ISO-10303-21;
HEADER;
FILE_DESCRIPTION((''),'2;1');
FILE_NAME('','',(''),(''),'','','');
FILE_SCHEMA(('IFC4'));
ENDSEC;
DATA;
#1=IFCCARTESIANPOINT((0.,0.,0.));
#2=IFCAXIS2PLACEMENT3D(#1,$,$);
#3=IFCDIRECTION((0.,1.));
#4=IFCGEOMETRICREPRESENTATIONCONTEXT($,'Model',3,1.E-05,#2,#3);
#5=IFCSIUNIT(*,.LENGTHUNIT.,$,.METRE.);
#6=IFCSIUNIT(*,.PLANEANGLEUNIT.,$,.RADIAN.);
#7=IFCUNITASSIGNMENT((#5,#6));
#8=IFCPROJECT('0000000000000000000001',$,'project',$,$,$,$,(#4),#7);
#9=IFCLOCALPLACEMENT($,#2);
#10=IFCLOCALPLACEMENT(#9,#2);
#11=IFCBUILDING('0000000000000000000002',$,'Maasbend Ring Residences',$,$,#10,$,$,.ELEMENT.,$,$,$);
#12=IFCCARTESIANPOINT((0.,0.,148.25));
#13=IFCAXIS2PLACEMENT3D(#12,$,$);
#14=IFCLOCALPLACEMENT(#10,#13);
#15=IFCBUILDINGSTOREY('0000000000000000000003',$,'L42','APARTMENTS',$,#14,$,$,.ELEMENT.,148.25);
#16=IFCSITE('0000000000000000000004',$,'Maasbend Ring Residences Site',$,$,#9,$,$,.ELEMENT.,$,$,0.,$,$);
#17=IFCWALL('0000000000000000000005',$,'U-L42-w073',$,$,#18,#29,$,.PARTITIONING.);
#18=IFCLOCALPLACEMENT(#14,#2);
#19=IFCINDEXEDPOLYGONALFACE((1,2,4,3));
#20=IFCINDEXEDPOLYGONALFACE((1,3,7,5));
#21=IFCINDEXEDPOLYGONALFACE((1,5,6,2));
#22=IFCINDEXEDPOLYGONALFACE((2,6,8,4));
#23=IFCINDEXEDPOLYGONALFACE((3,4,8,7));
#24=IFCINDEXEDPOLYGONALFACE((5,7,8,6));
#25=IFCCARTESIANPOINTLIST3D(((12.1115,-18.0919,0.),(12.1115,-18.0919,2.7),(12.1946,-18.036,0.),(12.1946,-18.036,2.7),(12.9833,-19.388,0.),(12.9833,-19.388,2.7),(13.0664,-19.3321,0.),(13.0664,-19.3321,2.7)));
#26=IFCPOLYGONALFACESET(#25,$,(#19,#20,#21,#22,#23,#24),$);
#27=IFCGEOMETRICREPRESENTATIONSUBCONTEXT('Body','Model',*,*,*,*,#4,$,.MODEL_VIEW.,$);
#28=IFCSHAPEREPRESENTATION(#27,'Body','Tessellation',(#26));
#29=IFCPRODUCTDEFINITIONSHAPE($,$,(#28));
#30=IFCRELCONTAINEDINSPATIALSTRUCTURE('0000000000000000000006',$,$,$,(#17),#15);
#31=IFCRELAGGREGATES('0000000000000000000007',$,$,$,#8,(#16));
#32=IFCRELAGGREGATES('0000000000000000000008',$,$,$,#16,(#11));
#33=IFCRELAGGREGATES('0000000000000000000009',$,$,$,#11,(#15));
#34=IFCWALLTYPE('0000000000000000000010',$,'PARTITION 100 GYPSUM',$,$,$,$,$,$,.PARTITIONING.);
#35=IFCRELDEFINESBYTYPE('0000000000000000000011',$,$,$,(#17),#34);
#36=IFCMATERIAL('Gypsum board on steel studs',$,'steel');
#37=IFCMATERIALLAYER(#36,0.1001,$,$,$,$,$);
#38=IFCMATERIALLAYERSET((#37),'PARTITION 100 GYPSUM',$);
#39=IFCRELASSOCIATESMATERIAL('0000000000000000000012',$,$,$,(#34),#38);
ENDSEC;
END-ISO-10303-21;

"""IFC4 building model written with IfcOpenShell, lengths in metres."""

from ifc_helpers import new_model, si_unit, direction, frame, frame_2d, origin, place, context, subcontext, project, spatial, rectangle, extrude, material, layer, layer_set, type_object, element, save


model = new_model("IFC4")

# Units and contexts
model_context = context("Model", 3, precision=1e-05, world=origin(), true_north=direction((0.0, 1.0)))
body_context = subcontext(model_context, "Body", "Model", "MODEL_VIEW")
ifc_project = project(units=[si_unit("LENGTHUNIT", "METRE"), si_unit("PLANEANGLEUNIT", "RADIAN")], contexts=[model_context])

# Site, building, storey
site_placement = place(None, origin())
site = spatial("IfcSite", under=ifc_project, at=site_placement, Name="Maasbend Ring Residences Site", CompositionType="ELEMENT", RefElevation=0.0)
building_placement = place(site_placement, origin())
building = spatial("IfcBuilding", under=site, at=building_placement, Name="Maasbend Ring Residences", CompositionType="ELEMENT")
storey_placement = place(building_placement, frame((0.0, 0.0, 148.25)))
storey = spatial("IfcBuildingStorey", under=building, at=storey_placement, Name="L42", Description="APARTMENTS", CompositionType="ELEMENT", Elevation=148.25)

# Shared definitions
ifc_material_1 = material(Name="Gypsum board on steel studs", Category="steel")
ifc_layer_1 = layer(ifc_material_1, 0.1001)
ifc_layer_set_1 = layer_set([ifc_layer_1], Name="PARTITION 100 GYPSUM")
wall_type_1 = type_object("IfcWallType", Name="PARTITION 100 GYPSUM", PredefinedType="PARTITIONING", material=ifc_layer_set_1)

# Wall
wall_1_placement = place(storey_placement, frame((12.1531, -18.064, 0.0), z_axis=(0.0, 0.0, 1.0), x_axis=(0.558122, -0.829759, 0.0)))
element("IfcWall", 1, at=wall_1_placement, inside=storey, type_object=wall_type_1, Name="U-L42-w073", PredefinedType="PARTITIONING", context=body_context, shape_type="SweptSolid", body=[
    extrude(rectangle(XDim=1.562, YDim=0.1001, at=frame_2d((0.781, 0.0))), origin(), (0.0, 0.0, 1.0), 2.7),
])

save(model, "model.ifc")
